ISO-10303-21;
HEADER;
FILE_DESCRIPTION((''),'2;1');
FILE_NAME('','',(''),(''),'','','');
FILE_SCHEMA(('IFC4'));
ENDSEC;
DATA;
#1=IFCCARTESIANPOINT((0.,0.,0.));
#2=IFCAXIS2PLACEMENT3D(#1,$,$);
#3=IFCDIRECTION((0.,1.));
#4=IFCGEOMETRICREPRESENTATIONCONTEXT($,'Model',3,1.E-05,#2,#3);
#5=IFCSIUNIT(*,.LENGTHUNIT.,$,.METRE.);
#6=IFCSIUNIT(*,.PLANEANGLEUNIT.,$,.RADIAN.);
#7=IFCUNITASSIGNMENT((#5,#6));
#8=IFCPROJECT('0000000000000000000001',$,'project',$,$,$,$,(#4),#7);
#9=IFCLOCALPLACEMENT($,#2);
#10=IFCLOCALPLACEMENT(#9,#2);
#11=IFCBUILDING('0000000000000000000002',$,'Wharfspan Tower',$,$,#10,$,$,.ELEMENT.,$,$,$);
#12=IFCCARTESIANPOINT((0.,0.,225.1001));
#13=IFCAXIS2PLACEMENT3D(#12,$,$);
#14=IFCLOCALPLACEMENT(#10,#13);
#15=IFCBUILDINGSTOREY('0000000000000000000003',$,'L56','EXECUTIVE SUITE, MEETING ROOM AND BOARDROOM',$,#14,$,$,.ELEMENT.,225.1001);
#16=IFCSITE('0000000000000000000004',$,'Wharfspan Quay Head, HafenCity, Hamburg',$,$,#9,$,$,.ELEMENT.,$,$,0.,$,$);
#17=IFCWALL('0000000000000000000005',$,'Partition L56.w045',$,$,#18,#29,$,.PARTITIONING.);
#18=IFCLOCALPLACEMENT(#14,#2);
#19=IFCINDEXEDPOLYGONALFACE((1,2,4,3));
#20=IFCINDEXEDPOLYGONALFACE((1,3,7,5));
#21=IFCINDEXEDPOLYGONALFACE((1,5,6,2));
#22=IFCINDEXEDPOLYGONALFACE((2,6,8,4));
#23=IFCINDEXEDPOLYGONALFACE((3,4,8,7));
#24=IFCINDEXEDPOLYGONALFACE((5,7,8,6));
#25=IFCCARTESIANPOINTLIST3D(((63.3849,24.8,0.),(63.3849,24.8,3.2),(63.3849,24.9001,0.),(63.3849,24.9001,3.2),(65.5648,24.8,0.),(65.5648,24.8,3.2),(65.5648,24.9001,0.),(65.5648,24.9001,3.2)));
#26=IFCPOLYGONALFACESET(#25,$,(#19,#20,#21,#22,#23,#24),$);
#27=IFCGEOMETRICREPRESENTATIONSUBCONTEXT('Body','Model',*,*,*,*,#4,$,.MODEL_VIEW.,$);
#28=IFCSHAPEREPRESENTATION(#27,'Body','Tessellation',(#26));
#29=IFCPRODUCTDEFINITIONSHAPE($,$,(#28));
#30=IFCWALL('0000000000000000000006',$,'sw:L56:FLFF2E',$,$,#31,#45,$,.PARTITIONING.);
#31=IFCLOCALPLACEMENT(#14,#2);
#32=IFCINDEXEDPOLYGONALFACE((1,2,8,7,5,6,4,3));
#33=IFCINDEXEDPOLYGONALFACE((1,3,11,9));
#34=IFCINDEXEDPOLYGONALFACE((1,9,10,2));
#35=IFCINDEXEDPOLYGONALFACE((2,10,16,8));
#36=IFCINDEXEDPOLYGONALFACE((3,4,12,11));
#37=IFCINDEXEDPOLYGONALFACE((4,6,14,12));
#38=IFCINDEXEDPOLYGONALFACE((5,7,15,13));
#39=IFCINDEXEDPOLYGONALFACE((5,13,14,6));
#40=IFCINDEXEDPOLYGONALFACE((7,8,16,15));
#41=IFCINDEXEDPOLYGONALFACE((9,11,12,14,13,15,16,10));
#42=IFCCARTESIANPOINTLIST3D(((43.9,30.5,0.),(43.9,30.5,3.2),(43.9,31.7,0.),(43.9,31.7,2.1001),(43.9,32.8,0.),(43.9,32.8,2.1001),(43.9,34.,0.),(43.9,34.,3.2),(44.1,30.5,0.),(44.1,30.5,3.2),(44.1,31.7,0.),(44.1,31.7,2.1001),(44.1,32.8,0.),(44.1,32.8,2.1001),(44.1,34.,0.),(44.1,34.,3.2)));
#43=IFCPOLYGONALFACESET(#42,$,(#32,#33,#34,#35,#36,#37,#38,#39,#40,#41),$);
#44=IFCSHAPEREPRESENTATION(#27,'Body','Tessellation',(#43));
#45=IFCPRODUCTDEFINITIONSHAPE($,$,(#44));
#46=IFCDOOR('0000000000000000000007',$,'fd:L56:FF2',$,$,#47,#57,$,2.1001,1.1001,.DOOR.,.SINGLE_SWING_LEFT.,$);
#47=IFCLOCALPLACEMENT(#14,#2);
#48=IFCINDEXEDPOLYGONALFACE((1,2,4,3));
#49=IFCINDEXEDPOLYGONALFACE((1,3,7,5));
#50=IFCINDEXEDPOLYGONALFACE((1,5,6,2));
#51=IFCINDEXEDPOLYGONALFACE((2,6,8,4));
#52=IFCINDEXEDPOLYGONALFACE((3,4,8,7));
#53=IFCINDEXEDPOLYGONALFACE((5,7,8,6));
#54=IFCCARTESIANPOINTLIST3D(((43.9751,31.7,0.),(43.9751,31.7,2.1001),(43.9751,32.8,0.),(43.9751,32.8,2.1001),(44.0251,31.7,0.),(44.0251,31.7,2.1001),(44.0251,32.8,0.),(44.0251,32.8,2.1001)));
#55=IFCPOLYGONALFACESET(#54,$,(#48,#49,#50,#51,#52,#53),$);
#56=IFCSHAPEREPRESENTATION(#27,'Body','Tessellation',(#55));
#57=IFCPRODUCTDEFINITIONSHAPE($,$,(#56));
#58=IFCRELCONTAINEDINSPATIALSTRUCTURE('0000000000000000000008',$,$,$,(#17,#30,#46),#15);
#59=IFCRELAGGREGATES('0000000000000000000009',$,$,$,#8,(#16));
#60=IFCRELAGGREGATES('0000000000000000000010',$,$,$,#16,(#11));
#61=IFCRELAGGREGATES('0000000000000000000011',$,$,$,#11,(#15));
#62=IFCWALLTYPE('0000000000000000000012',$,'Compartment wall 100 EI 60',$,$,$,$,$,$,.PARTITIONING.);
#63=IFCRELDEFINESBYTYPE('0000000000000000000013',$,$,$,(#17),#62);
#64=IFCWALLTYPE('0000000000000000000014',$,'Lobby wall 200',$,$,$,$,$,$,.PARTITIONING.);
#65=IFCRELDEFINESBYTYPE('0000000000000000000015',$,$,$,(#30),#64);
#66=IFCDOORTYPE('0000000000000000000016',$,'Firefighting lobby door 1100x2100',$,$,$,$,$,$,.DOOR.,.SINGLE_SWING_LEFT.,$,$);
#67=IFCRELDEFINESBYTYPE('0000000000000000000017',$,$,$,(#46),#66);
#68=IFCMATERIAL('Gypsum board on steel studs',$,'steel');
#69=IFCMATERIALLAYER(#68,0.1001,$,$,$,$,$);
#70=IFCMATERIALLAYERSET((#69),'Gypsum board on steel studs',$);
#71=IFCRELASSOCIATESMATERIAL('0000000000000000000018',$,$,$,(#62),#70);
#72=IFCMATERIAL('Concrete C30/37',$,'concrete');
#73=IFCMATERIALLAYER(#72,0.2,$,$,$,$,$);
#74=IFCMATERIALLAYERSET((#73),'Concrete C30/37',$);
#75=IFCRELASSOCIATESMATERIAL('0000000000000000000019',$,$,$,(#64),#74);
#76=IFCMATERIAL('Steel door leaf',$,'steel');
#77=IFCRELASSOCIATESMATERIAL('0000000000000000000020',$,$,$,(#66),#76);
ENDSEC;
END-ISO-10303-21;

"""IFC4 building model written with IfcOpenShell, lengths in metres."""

from ifc_helpers import new_model, si_unit, direction, frame, frame_2d, origin, place, context, subcontext, project, spatial, rectangle, extrude, material, layer, layer_set, type_object, element, fill, save


model = new_model("IFC4")

# Units and contexts
model_context = context("Model", 3, precision=1e-05, world=origin(), true_north=direction((0.0, 1.0)))
body_context = subcontext(model_context, "Body", "Model", "MODEL_VIEW")
ifc_project = project(units=[si_unit("LENGTHUNIT", "METRE"), si_unit("PLANEANGLEUNIT", "RADIAN")], contexts=[model_context])

# Site, building, storey
site_placement = place(None, origin())
site = spatial("IfcSite", under=ifc_project, at=site_placement, Name="Wharfspan Quay Head, HafenCity, Hamburg", CompositionType="ELEMENT", RefElevation=0.0)
building_placement = place(site_placement, origin())
building = spatial("IfcBuilding", under=site, at=building_placement, Name="Wharfspan Tower", CompositionType="ELEMENT")
storey_placement = place(building_placement, frame((0.0, 0.0, 225.1001)))
storey = spatial("IfcBuildingStorey", under=building, at=storey_placement, Name="L56", Description="EXECUTIVE SUITE, MEETING ROOM AND BOARDROOM", CompositionType="ELEMENT", Elevation=225.1001)

# Shared definitions
ifc_material_1 = material(Name="Gypsum board on steel studs", Category="steel")
ifc_layer_1 = layer(ifc_material_1, 0.1001)
ifc_layer_set_1 = layer_set([ifc_layer_1], Name="Gypsum board on steel studs")
wall_type_1 = type_object("IfcWallType", Name="Compartment wall 100 EI 60", PredefinedType="PARTITIONING", material=ifc_layer_set_1)

# Wall
wall_1_placement = place(storey_placement, frame((63.385, 24.8501, 0.0), z_axis=(0.0, 0.0, 1.0), x_axis=(1.0, 0.0, 0.0)))
element("IfcWall", 1, at=wall_1_placement, inside=storey, type_object=wall_type_1, Name="Partition L56.w045", PredefinedType="PARTITIONING", context=body_context, shape_type="SweptSolid", body=[
    extrude(rectangle(XDim=2.1799, YDim=0.1001, at=frame_2d((1.0898, 0.0))), origin(), (0.0, 0.0, 1.0), 3.2),
])

# Wall, opening, door
ifc_material_2 = material(Name="Concrete C30/37", Category="concrete")
ifc_layer_2 = layer(ifc_material_2, 0.2)
ifc_layer_set_2 = layer_set([ifc_layer_2], Name="Concrete C30/37")
wall_type_2 = type_object("IfcWallType", Name="Lobby wall 200", PredefinedType="PARTITIONING", material=ifc_layer_set_2)
wall_2_placement = place(storey_placement, frame((44.0, 30.5, 0.0), z_axis=(0.0, 0.0, 1.0), x_axis=(0.0, 1.0, 0.0)))
wall_2 = element("IfcWall", 2, at=wall_2_placement, inside=storey, type_object=wall_type_2, Name="sw:L56:FLFF2E", PredefinedType="PARTITIONING", context=body_context, shape_type="SweptSolid", body=[
    extrude(rectangle(XDim=3.5, YDim=0.2, at=frame_2d((1.75, 0.0))), origin(), (0.0, 0.0, 1.0), 3.2),
])
opening_1_placement = place(wall_2_placement, frame((1.2, 0.0, 0.0)))
opening_1 = element("IfcOpeningElement", 3, at=opening_1_placement, cuts=wall_2, PredefinedType="OPENING", context=body_context, shape_type="SweptSolid", body=[
    extrude(rectangle(XDim=1.1001, YDim=2.1001, at=frame_2d((0.55, 1.05))), frame((0.0, 0.1099, 0.0), z_axis=(0.0, -1.0, 0.0), x_axis=(1.0, 0.0, 0.0)), (0.0, 0.0, 1.0), 0.22),
])
ifc_material_3 = material(Name="Steel door leaf", Category="steel")
door_type_1 = type_object("IfcDoorType", Name="Firefighting lobby door 1100x2100", OperationType="SINGLE_SWING_LEFT", PredefinedType="DOOR", material=ifc_material_3)
door_1_placement = place(opening_1_placement, origin())
door_1 = element("IfcDoor", 4, at=door_1_placement, inside=storey, type_object=door_type_1, Name="fd:L56:FF2", OperationType="SINGLE_SWING_LEFT", OverallHeight=2.1001, OverallWidth=1.1001, PredefinedType="DOOR", context=body_context, shape_type="SweptSolid", body=[
    extrude(rectangle(XDim=1.1001, YDim=2.1001, at=frame_2d((0.55, 1.05))), frame((0.0, 0.0249, 0.0), z_axis=(0.0, -1.0, 0.0), x_axis=(1.0, 0.0, 0.0)), (0.0, 0.0, 1.0), 0.05),
])
fill(opening_1, door_1)

save(model, "model.ifc")
